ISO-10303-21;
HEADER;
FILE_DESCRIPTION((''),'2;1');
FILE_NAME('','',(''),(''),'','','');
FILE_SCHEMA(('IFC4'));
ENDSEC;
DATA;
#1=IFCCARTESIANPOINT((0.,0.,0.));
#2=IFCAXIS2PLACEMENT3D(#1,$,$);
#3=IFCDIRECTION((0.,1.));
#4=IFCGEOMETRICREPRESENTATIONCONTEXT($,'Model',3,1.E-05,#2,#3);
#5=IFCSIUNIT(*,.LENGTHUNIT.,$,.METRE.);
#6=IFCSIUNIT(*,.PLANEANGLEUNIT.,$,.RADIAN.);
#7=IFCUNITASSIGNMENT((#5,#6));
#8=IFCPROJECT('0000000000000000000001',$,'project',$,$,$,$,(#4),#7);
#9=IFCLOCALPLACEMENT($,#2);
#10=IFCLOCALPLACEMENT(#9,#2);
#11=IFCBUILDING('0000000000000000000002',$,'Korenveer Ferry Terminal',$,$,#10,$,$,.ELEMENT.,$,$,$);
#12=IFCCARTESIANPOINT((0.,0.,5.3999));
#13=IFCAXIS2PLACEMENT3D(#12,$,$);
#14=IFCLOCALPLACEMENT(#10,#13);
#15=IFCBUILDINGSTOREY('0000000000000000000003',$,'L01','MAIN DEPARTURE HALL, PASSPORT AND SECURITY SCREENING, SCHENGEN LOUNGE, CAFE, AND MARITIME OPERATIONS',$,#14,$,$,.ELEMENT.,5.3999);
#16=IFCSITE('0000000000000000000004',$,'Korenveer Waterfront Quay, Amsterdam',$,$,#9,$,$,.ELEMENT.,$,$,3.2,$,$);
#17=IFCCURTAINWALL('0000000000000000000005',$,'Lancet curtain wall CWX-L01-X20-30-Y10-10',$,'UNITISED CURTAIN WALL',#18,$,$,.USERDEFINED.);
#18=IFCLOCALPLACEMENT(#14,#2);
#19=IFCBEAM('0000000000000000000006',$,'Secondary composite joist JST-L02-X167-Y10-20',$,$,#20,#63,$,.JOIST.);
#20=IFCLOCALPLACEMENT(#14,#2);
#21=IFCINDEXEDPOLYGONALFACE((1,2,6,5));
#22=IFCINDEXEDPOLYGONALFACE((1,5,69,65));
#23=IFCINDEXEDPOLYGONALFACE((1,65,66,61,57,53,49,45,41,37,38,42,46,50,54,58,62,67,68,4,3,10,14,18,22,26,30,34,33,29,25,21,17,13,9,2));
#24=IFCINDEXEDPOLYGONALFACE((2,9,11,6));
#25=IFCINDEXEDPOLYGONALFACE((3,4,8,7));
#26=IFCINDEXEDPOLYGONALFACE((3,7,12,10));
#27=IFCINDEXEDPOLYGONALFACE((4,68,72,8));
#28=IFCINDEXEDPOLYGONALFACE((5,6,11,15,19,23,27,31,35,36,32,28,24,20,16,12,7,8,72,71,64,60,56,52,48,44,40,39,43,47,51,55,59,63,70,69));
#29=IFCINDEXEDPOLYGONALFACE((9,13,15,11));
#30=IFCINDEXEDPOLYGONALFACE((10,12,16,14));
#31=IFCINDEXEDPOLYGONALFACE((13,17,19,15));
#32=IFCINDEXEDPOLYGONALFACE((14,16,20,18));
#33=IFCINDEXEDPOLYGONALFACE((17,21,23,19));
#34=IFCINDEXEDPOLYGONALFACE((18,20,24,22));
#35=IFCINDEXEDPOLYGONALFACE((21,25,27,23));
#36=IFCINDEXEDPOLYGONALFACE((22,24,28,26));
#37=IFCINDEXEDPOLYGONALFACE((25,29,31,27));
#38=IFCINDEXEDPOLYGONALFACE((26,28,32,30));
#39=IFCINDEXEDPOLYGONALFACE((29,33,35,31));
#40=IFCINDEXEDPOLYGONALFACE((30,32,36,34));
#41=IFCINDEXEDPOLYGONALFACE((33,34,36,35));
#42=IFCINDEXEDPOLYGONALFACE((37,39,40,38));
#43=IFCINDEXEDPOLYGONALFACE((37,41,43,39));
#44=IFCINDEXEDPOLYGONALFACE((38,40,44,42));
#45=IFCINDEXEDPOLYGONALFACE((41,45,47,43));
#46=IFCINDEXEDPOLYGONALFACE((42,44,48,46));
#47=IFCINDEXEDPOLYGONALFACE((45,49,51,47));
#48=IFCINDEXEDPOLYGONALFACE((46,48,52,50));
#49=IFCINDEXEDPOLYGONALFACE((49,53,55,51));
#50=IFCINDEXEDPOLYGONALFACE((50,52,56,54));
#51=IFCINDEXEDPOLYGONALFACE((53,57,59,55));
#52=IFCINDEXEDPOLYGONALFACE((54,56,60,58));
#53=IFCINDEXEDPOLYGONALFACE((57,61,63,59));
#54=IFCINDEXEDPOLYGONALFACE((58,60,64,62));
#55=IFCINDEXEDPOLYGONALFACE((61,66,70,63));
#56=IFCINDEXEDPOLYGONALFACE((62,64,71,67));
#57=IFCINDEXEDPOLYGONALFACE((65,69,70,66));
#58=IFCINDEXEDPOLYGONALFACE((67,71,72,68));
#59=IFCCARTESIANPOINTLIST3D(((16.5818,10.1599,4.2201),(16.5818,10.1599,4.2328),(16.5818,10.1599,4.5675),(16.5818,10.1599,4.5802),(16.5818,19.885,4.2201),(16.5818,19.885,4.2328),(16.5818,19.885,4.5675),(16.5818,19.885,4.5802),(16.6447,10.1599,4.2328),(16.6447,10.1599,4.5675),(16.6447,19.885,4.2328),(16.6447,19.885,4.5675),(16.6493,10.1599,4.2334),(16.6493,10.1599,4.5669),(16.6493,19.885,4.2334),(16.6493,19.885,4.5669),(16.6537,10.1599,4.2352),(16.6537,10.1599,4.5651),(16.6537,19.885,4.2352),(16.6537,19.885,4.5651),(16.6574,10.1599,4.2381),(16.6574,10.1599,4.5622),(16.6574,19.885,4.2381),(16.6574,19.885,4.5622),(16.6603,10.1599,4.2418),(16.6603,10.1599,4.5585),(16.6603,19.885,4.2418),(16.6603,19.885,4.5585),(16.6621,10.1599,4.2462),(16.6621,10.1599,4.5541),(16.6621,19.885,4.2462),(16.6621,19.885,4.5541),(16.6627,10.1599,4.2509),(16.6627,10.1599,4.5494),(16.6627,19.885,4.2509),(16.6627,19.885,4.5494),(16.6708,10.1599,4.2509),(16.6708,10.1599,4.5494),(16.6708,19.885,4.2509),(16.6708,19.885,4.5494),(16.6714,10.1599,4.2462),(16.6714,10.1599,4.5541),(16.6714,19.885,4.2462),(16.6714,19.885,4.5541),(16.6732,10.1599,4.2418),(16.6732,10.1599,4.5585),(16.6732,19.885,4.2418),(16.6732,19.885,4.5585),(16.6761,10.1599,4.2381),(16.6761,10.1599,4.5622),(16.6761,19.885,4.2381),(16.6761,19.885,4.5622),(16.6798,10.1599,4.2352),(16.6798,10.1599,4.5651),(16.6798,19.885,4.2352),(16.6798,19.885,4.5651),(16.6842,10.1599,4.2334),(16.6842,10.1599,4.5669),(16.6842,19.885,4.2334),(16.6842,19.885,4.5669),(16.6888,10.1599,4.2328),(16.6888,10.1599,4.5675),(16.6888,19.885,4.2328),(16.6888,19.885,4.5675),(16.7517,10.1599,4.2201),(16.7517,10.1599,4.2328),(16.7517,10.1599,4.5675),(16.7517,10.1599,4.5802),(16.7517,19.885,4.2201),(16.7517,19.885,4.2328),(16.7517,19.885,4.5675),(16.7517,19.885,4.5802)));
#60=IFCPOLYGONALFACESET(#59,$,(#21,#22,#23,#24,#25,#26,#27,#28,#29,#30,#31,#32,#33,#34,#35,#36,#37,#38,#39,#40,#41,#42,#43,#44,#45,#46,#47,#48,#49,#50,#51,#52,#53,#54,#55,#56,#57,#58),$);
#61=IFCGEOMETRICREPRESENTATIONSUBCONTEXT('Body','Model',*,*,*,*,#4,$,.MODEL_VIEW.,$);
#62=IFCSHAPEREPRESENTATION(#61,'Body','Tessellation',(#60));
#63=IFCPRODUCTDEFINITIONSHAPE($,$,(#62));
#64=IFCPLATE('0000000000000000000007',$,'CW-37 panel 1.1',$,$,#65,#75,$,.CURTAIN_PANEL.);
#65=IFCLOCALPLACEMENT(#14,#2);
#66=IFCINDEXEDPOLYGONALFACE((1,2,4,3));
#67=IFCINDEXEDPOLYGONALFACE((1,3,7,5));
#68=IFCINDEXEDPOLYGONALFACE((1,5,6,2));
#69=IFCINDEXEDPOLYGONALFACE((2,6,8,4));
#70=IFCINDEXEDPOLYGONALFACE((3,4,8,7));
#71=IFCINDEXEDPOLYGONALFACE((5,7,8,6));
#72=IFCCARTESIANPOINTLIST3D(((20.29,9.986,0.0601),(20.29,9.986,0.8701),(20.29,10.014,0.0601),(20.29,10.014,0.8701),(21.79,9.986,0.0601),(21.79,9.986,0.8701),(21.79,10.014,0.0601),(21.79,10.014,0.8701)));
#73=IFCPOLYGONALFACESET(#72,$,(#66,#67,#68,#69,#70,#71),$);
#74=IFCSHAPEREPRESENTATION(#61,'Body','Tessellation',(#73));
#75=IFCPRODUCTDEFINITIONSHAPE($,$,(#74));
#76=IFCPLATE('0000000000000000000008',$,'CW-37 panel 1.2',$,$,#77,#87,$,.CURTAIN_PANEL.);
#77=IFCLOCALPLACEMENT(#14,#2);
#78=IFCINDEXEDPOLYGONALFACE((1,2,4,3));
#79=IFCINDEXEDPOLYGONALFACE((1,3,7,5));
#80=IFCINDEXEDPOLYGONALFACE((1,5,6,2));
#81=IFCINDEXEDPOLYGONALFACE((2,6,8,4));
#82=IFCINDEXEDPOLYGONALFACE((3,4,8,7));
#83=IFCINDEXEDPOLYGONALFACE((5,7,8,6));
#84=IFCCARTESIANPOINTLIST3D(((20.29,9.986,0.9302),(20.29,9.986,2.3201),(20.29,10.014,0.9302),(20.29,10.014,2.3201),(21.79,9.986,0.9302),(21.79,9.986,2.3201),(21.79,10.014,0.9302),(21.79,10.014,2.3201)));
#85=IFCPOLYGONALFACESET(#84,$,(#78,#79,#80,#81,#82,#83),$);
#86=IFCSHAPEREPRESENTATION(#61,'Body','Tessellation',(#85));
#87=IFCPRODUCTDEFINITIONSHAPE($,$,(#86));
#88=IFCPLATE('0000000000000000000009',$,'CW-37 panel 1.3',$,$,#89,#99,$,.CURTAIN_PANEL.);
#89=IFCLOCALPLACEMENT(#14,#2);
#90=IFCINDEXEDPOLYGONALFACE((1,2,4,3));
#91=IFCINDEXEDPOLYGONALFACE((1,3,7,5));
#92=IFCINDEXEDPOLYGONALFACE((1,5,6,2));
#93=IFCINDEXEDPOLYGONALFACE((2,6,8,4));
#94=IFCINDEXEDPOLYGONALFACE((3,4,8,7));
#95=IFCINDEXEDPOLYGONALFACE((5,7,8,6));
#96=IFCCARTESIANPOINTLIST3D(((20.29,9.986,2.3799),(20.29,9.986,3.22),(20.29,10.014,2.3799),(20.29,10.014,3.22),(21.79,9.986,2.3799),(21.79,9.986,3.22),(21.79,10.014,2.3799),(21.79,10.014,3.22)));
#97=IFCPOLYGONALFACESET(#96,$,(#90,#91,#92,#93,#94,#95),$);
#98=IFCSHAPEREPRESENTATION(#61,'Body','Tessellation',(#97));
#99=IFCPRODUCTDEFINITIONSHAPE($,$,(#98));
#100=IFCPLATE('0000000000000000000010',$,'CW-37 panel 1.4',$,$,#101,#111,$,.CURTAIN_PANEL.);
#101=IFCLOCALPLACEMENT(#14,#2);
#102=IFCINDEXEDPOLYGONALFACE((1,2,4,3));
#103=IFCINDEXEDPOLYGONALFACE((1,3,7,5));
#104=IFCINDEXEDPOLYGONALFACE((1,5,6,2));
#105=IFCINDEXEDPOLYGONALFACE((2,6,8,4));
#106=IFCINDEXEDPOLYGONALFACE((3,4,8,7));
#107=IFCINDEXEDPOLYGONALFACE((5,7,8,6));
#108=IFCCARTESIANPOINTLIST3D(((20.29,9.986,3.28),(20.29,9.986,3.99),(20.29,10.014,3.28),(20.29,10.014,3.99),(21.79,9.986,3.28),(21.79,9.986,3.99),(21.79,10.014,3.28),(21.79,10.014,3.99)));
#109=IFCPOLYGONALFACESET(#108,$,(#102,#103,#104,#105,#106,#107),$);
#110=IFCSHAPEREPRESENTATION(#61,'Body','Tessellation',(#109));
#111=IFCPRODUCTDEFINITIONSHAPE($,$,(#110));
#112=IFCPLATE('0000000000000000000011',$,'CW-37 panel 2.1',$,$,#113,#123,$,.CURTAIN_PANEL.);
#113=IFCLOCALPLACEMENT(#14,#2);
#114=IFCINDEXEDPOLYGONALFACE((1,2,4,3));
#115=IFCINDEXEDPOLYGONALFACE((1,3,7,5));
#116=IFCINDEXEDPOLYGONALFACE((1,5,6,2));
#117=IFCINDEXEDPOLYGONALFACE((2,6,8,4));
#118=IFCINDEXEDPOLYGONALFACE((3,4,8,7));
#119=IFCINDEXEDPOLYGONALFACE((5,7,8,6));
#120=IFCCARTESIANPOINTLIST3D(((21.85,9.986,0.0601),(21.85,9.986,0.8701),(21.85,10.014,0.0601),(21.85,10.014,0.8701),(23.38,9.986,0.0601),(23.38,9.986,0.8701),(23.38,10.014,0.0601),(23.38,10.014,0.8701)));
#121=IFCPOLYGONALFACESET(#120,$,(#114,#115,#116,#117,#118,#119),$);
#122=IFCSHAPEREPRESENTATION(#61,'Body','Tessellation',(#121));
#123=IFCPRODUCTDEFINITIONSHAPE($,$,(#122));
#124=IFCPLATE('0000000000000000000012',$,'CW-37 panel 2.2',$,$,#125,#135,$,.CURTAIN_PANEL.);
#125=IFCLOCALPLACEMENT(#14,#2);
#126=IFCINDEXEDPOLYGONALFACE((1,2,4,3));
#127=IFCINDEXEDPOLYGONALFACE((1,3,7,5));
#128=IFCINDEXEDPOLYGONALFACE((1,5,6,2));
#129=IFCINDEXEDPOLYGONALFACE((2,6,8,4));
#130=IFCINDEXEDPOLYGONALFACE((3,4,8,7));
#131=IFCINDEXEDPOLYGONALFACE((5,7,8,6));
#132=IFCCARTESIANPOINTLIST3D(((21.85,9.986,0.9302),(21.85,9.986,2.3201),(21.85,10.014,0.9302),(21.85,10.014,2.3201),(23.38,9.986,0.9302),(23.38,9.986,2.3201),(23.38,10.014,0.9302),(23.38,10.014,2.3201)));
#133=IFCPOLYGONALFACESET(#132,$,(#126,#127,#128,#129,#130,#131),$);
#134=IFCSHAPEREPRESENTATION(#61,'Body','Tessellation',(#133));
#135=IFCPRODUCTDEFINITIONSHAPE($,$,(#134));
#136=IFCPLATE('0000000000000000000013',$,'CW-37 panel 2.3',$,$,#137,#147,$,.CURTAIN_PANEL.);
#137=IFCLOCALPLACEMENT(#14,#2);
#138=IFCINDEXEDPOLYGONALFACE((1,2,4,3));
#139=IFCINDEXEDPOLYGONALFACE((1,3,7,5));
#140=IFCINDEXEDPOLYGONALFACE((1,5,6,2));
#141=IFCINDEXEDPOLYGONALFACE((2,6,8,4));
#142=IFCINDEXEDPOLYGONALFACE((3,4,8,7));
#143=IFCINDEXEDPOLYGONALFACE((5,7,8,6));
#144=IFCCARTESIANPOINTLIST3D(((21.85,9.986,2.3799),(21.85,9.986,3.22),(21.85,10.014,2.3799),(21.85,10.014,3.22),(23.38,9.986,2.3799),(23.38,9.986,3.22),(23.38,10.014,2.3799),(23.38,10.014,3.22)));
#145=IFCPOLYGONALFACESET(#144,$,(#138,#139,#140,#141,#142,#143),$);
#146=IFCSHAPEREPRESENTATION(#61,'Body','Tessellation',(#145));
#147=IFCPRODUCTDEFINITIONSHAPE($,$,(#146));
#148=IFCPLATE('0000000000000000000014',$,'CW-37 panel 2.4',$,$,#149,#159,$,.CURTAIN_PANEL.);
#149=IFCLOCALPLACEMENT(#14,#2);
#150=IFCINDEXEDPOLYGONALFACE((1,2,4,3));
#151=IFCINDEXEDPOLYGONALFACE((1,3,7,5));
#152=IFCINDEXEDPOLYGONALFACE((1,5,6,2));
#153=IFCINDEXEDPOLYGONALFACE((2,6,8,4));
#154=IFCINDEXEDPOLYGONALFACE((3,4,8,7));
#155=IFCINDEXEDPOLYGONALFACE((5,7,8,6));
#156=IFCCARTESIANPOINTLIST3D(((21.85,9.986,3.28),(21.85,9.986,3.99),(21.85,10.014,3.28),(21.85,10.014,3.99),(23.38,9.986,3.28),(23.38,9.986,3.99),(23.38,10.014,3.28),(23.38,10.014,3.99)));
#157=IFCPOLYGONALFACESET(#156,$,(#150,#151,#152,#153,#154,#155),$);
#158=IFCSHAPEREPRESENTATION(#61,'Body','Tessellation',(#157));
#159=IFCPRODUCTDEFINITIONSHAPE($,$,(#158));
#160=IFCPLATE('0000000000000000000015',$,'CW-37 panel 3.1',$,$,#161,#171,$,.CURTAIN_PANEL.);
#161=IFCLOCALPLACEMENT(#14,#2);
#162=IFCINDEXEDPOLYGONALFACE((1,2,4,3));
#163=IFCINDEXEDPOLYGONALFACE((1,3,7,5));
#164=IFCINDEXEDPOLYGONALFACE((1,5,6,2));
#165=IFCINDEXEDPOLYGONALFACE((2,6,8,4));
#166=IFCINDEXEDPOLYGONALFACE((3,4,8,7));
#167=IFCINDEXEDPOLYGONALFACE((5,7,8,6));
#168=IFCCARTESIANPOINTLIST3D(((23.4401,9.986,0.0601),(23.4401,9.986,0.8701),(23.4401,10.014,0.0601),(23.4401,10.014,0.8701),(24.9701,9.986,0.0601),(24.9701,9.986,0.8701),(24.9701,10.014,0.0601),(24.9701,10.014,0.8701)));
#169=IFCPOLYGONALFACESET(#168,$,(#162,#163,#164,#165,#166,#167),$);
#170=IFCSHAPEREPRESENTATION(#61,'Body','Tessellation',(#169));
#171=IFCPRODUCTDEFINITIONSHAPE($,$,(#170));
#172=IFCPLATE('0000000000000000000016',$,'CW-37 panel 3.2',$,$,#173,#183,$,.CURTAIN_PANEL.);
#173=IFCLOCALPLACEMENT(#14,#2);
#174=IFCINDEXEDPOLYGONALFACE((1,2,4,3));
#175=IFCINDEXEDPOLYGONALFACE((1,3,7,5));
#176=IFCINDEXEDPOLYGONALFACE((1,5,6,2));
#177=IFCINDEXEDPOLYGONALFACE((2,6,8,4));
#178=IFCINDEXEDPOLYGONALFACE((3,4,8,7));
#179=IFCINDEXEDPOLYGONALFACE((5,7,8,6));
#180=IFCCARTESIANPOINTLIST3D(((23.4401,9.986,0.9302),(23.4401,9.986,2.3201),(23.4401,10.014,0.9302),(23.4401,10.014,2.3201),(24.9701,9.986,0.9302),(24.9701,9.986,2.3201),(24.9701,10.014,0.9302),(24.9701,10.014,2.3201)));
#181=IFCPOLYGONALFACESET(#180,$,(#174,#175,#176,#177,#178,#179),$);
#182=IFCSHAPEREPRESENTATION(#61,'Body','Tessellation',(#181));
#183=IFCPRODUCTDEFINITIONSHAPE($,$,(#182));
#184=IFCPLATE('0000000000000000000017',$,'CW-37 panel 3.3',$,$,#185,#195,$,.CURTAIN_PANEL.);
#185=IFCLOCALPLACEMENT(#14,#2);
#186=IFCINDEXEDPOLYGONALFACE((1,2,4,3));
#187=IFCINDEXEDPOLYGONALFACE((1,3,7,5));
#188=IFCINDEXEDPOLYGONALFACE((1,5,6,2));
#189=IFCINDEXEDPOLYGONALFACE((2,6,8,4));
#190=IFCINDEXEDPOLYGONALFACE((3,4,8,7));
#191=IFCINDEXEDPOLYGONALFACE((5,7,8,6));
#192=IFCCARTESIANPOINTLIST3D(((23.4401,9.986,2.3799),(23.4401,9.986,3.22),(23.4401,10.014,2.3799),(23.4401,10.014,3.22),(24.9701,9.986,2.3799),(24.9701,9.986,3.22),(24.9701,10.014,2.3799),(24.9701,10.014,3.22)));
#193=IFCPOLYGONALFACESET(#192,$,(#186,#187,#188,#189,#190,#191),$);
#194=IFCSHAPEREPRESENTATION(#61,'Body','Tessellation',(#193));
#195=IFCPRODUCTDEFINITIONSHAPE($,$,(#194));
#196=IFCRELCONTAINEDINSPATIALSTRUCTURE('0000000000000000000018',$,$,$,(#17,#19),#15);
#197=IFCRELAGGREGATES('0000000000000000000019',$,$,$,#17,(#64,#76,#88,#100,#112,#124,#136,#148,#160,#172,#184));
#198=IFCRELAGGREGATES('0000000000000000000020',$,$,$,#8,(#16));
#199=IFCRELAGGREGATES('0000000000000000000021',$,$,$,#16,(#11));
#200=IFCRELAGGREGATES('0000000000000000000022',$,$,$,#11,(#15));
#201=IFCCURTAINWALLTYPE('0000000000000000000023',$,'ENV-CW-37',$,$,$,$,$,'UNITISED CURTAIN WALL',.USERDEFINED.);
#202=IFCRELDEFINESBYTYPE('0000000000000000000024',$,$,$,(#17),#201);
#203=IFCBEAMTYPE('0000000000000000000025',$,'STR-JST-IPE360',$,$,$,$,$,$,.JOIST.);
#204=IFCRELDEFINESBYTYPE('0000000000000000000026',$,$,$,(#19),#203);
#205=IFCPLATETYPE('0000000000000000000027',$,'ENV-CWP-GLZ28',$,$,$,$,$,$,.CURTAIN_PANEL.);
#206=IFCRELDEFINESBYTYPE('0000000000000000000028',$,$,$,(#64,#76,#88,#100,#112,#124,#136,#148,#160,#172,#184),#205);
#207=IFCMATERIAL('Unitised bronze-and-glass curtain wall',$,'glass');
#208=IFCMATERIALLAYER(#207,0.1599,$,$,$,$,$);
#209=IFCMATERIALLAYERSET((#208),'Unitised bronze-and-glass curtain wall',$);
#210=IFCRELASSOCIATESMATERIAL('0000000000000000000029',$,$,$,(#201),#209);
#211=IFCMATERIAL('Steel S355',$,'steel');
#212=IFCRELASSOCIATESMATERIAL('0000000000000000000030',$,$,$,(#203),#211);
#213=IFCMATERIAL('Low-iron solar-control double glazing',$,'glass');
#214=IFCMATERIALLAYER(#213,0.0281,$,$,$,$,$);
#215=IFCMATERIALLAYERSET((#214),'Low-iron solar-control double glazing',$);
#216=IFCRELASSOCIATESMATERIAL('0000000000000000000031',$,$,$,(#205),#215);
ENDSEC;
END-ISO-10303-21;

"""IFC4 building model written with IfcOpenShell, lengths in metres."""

from ifc_helpers import new_model, si_unit, direction, frame, origin, origin_2d, place, context, subcontext, project, spatial, rectangle, i_section, extrude, material, layer, layer_set, material_profile, profile_set, type_object, element, aggregate, save


model = new_model("IFC4")

# Units and contexts
model_context = context("Model", 3, precision=1e-05, world=origin(), true_north=direction((0.0, 1.0)))
body_context = subcontext(model_context, "Body", "Model", "MODEL_VIEW")
ifc_project = project(units=[si_unit("LENGTHUNIT", "METRE"), si_unit("PLANEANGLEUNIT", "RADIAN")], contexts=[model_context])

# Site, building, storey
site_placement = place(None, origin())
site = spatial("IfcSite", under=ifc_project, at=site_placement, Name="Korenveer Waterfront Quay, Amsterdam", CompositionType="ELEMENT", RefElevation=3.2)
building_placement = place(site_placement, origin())
building = spatial("IfcBuilding", under=site, at=building_placement, Name="Korenveer Ferry Terminal", CompositionType="ELEMENT")
storey_placement = place(building_placement, frame((0.0, 0.0, 5.3999)))
storey = spatial("IfcBuildingStorey", under=building, at=storey_placement, Name="L01", Description="MAIN DEPARTURE HALL, PASSPORT AND SECURITY SCREENING, SCHENGEN LOUNGE, CAFE, AND MARITIME OPERATIONS", CompositionType="ELEMENT", Elevation=5.3999)

# Curtain wall
ifc_material_1 = material(Name="Unitised bronze-and-glass curtain wall", Category="glass")
ifc_layer_1 = layer(ifc_material_1, 0.1599)
ifc_layer_set_1 = layer_set([ifc_layer_1], Name="Unitised bronze-and-glass curtain wall")
curtain_wall_type = type_object("IfcCurtainWallType", Name="ENV-CW-37", ElementType="UNITISED CURTAIN WALL", PredefinedType="USERDEFINED", material=ifc_layer_set_1)
curtain_wall_placement = place(storey_placement, frame((20.23, 10.0, 0.0)))
curtain_wall = element("IfcCurtainWall", 1, at=curtain_wall_placement, inside=storey, type_object=curtain_wall_type, Name="Lancet curtain wall CWX-L01-X20-30-Y10-10", ObjectType="UNITISED CURTAIN WALL", PredefinedType="USERDEFINED")

# Beam
ifc_material_2 = material(Name="Steel S355", Category="steel")
ifc_material_profile_1 = material_profile(ifc_material_2, i_section(OverallWidth=0.1699, OverallDepth=0.3601, WebThickness=0.0081, FlangeThickness=0.0127, FilletRadius=0.0181, at=origin_2d()), Name="IPE 360")
ifc_profile_set_1 = profile_set([ifc_material_profile_1], Name="Steel S355")
beam_type_1 = type_object("IfcBeamType", Name="STR-JST-IPE360", PredefinedType="JOIST", material=ifc_profile_set_1)
beam_1_placement = place(storey_placement, frame((16.6667, 10.1599, 4.4001), z_axis=(0.0, 1.0, 0.0), x_axis=(-1.0, 0.0, 0.0)))
element("IfcBeam", 2, at=beam_1_placement, inside=storey, type_object=beam_type_1, Name="Secondary composite joist JST-L02-X167-Y10-20", PredefinedType="JOIST", context=body_context, shape_type="SweptSolid", body=[
    extrude(i_section(OverallWidth=0.1699, OverallDepth=0.3601, WebThickness=0.0081, FlangeThickness=0.0127, FilletRadius=0.0181, at=origin_2d()), origin(), (0.0, 0.0, 1.0), 9.7251),
])

# Plates
ifc_material_3 = material(Name="Low-iron solar-control double glazing", Category="glass")
ifc_layer_2 = layer(ifc_material_3, 0.0281)
ifc_layer_set_2 = layer_set([ifc_layer_2], Name="Low-iron solar-control double glazing")
plate_type = type_object("IfcPlateType", Name="ENV-CWP-GLZ28", PredefinedType="CURTAIN_PANEL", material=ifc_layer_set_2)
plate_1_placement = place(storey_placement, frame((21.04, 10.0, 0.0601), z_axis=(0.0, 0.0, 1.0), x_axis=(1.0, 0.0, 0.0)))
plate_1 = element("IfcPlate", 3, at=plate_1_placement, type_object=plate_type, Name="CW-37 panel 1.1", PredefinedType="CURTAIN_PANEL", context=body_context, shape_type="SweptSolid", body=[
    extrude(rectangle(XDim=1.5, YDim=0.0281, at=origin_2d()), origin(), (0.0, 0.0, 1.0), 0.8101),
])
plate_2_placement = place(storey_placement, frame((21.04, 10.0, 0.9302), z_axis=(0.0, 0.0, 1.0), x_axis=(1.0, 0.0, 0.0)))
plate_2 = element("IfcPlate", 4, at=plate_2_placement, type_object=plate_type, Name="CW-37 panel 1.2", PredefinedType="CURTAIN_PANEL", context=body_context, shape_type="SweptSolid", body=[
    extrude(rectangle(XDim=1.5, YDim=0.0281, at=origin_2d()), origin(), (0.0, 0.0, 1.0), 1.3899),
])
plate_3_placement = place(storey_placement, frame((21.04, 10.0, 2.3799), z_axis=(0.0, 0.0, 1.0), x_axis=(1.0, 0.0, 0.0)))
plate_3 = element("IfcPlate", 5, at=plate_3_placement, type_object=plate_type, Name="CW-37 panel 1.3", PredefinedType="CURTAIN_PANEL", context=body_context, shape_type="SweptSolid", body=[
    extrude(rectangle(XDim=1.5, YDim=0.0281, at=origin_2d()), origin(), (0.0, 0.0, 1.0), 0.8401),
])
plate_4_placement = place(storey_placement, frame((21.04, 10.0, 3.28), z_axis=(0.0, 0.0, 1.0), x_axis=(1.0, 0.0, 0.0)))
plate_4 = element("IfcPlate", 6, at=plate_4_placement, type_object=plate_type, Name="CW-37 panel 1.4", PredefinedType="CURTAIN_PANEL", context=body_context, shape_type="SweptSolid", body=[
    extrude(rectangle(XDim=1.5, YDim=0.0281, at=origin_2d()), origin(), (0.0, 0.0, 1.0), 0.71),
])
plate_5_placement = place(storey_placement, frame((22.615, 10.0, 0.0601), z_axis=(0.0, 0.0, 1.0), x_axis=(1.0, 0.0, 0.0)))
plate_5 = element("IfcPlate", 7, at=plate_5_placement, type_object=plate_type, Name="CW-37 panel 2.1", PredefinedType="CURTAIN_PANEL", context=body_context, shape_type="SweptSolid", body=[
    extrude(rectangle(XDim=1.53, YDim=0.0281, at=origin_2d()), origin(), (0.0, 0.0, 1.0), 0.8101),
])
plate_6_placement = place(storey_placement, frame((22.615, 10.0, 0.9302), z_axis=(0.0, 0.0, 1.0), x_axis=(1.0, 0.0, 0.0)))
plate_6 = element("IfcPlate", 8, at=plate_6_placement, type_object=plate_type, Name="CW-37 panel 2.2", PredefinedType="CURTAIN_PANEL", context=body_context, shape_type="SweptSolid", body=[
    extrude(rectangle(XDim=1.53, YDim=0.0281, at=origin_2d()), origin(), (0.0, 0.0, 1.0), 1.3899),
])
plate_7_placement = place(storey_placement, frame((22.615, 10.0, 2.3799), z_axis=(0.0, 0.0, 1.0), x_axis=(1.0, 0.0, 0.0)))
plate_7 = element("IfcPlate", 9, at=plate_7_placement, type_object=plate_type, Name="CW-37 panel 2.3", PredefinedType="CURTAIN_PANEL", context=body_context, shape_type="SweptSolid", body=[
    extrude(rectangle(XDim=1.53, YDim=0.0281, at=origin_2d()), origin(), (0.0, 0.0, 1.0), 0.8401),
])
plate_8_placement = place(storey_placement, frame((22.615, 10.0, 3.28), z_axis=(0.0, 0.0, 1.0), x_axis=(1.0, 0.0, 0.0)))
plate_8 = element("IfcPlate", 10, at=plate_8_placement, type_object=plate_type, Name="CW-37 panel 2.4", PredefinedType="CURTAIN_PANEL", context=body_context, shape_type="SweptSolid", body=[
    extrude(rectangle(XDim=1.53, YDim=0.0281, at=origin_2d()), origin(), (0.0, 0.0, 1.0), 0.71),
])
plate_9_placement = place(storey_placement, frame((24.2051, 10.0, 0.0601), z_axis=(0.0, 0.0, 1.0), x_axis=(1.0, 0.0, 0.0)))
plate_9 = element("IfcPlate", 11, at=plate_9_placement, type_object=plate_type, Name="CW-37 panel 3.1", PredefinedType="CURTAIN_PANEL", context=body_context, shape_type="SweptSolid", body=[
    extrude(rectangle(XDim=1.53, YDim=0.0281, at=origin_2d()), origin(), (0.0, 0.0, 1.0), 0.8101),
])
plate_10_placement = place(storey_placement, frame((24.2051, 10.0, 0.9302), z_axis=(0.0, 0.0, 1.0), x_axis=(1.0, 0.0, 0.0)))
plate_10 = element("IfcPlate", 12, at=plate_10_placement, type_object=plate_type, Name="CW-37 panel 3.2", PredefinedType="CURTAIN_PANEL", context=body_context, shape_type="SweptSolid", body=[
    extrude(rectangle(XDim=1.53, YDim=0.0281, at=origin_2d()), origin(), (0.0, 0.0, 1.0), 1.3899),
])
plate_11_placement = place(storey_placement, frame((24.2051, 10.0, 2.3799), z_axis=(0.0, 0.0, 1.0), x_axis=(1.0, 0.0, 0.0)))
plate_11 = element("IfcPlate", 13, at=plate_11_placement, type_object=plate_type, Name="CW-37 panel 3.3", PredefinedType="CURTAIN_PANEL", context=body_context, shape_type="SweptSolid", body=[
    extrude(rectangle(XDim=1.53, YDim=0.0281, at=origin_2d()), origin(), (0.0, 0.0, 1.0), 0.8401),
])
aggregate(curtain_wall, [plate_1, plate_2, plate_3, plate_4, plate_5, plate_6, plate_7, plate_8, plate_9, plate_10, plate_11])

save(model, "model.ifc")
